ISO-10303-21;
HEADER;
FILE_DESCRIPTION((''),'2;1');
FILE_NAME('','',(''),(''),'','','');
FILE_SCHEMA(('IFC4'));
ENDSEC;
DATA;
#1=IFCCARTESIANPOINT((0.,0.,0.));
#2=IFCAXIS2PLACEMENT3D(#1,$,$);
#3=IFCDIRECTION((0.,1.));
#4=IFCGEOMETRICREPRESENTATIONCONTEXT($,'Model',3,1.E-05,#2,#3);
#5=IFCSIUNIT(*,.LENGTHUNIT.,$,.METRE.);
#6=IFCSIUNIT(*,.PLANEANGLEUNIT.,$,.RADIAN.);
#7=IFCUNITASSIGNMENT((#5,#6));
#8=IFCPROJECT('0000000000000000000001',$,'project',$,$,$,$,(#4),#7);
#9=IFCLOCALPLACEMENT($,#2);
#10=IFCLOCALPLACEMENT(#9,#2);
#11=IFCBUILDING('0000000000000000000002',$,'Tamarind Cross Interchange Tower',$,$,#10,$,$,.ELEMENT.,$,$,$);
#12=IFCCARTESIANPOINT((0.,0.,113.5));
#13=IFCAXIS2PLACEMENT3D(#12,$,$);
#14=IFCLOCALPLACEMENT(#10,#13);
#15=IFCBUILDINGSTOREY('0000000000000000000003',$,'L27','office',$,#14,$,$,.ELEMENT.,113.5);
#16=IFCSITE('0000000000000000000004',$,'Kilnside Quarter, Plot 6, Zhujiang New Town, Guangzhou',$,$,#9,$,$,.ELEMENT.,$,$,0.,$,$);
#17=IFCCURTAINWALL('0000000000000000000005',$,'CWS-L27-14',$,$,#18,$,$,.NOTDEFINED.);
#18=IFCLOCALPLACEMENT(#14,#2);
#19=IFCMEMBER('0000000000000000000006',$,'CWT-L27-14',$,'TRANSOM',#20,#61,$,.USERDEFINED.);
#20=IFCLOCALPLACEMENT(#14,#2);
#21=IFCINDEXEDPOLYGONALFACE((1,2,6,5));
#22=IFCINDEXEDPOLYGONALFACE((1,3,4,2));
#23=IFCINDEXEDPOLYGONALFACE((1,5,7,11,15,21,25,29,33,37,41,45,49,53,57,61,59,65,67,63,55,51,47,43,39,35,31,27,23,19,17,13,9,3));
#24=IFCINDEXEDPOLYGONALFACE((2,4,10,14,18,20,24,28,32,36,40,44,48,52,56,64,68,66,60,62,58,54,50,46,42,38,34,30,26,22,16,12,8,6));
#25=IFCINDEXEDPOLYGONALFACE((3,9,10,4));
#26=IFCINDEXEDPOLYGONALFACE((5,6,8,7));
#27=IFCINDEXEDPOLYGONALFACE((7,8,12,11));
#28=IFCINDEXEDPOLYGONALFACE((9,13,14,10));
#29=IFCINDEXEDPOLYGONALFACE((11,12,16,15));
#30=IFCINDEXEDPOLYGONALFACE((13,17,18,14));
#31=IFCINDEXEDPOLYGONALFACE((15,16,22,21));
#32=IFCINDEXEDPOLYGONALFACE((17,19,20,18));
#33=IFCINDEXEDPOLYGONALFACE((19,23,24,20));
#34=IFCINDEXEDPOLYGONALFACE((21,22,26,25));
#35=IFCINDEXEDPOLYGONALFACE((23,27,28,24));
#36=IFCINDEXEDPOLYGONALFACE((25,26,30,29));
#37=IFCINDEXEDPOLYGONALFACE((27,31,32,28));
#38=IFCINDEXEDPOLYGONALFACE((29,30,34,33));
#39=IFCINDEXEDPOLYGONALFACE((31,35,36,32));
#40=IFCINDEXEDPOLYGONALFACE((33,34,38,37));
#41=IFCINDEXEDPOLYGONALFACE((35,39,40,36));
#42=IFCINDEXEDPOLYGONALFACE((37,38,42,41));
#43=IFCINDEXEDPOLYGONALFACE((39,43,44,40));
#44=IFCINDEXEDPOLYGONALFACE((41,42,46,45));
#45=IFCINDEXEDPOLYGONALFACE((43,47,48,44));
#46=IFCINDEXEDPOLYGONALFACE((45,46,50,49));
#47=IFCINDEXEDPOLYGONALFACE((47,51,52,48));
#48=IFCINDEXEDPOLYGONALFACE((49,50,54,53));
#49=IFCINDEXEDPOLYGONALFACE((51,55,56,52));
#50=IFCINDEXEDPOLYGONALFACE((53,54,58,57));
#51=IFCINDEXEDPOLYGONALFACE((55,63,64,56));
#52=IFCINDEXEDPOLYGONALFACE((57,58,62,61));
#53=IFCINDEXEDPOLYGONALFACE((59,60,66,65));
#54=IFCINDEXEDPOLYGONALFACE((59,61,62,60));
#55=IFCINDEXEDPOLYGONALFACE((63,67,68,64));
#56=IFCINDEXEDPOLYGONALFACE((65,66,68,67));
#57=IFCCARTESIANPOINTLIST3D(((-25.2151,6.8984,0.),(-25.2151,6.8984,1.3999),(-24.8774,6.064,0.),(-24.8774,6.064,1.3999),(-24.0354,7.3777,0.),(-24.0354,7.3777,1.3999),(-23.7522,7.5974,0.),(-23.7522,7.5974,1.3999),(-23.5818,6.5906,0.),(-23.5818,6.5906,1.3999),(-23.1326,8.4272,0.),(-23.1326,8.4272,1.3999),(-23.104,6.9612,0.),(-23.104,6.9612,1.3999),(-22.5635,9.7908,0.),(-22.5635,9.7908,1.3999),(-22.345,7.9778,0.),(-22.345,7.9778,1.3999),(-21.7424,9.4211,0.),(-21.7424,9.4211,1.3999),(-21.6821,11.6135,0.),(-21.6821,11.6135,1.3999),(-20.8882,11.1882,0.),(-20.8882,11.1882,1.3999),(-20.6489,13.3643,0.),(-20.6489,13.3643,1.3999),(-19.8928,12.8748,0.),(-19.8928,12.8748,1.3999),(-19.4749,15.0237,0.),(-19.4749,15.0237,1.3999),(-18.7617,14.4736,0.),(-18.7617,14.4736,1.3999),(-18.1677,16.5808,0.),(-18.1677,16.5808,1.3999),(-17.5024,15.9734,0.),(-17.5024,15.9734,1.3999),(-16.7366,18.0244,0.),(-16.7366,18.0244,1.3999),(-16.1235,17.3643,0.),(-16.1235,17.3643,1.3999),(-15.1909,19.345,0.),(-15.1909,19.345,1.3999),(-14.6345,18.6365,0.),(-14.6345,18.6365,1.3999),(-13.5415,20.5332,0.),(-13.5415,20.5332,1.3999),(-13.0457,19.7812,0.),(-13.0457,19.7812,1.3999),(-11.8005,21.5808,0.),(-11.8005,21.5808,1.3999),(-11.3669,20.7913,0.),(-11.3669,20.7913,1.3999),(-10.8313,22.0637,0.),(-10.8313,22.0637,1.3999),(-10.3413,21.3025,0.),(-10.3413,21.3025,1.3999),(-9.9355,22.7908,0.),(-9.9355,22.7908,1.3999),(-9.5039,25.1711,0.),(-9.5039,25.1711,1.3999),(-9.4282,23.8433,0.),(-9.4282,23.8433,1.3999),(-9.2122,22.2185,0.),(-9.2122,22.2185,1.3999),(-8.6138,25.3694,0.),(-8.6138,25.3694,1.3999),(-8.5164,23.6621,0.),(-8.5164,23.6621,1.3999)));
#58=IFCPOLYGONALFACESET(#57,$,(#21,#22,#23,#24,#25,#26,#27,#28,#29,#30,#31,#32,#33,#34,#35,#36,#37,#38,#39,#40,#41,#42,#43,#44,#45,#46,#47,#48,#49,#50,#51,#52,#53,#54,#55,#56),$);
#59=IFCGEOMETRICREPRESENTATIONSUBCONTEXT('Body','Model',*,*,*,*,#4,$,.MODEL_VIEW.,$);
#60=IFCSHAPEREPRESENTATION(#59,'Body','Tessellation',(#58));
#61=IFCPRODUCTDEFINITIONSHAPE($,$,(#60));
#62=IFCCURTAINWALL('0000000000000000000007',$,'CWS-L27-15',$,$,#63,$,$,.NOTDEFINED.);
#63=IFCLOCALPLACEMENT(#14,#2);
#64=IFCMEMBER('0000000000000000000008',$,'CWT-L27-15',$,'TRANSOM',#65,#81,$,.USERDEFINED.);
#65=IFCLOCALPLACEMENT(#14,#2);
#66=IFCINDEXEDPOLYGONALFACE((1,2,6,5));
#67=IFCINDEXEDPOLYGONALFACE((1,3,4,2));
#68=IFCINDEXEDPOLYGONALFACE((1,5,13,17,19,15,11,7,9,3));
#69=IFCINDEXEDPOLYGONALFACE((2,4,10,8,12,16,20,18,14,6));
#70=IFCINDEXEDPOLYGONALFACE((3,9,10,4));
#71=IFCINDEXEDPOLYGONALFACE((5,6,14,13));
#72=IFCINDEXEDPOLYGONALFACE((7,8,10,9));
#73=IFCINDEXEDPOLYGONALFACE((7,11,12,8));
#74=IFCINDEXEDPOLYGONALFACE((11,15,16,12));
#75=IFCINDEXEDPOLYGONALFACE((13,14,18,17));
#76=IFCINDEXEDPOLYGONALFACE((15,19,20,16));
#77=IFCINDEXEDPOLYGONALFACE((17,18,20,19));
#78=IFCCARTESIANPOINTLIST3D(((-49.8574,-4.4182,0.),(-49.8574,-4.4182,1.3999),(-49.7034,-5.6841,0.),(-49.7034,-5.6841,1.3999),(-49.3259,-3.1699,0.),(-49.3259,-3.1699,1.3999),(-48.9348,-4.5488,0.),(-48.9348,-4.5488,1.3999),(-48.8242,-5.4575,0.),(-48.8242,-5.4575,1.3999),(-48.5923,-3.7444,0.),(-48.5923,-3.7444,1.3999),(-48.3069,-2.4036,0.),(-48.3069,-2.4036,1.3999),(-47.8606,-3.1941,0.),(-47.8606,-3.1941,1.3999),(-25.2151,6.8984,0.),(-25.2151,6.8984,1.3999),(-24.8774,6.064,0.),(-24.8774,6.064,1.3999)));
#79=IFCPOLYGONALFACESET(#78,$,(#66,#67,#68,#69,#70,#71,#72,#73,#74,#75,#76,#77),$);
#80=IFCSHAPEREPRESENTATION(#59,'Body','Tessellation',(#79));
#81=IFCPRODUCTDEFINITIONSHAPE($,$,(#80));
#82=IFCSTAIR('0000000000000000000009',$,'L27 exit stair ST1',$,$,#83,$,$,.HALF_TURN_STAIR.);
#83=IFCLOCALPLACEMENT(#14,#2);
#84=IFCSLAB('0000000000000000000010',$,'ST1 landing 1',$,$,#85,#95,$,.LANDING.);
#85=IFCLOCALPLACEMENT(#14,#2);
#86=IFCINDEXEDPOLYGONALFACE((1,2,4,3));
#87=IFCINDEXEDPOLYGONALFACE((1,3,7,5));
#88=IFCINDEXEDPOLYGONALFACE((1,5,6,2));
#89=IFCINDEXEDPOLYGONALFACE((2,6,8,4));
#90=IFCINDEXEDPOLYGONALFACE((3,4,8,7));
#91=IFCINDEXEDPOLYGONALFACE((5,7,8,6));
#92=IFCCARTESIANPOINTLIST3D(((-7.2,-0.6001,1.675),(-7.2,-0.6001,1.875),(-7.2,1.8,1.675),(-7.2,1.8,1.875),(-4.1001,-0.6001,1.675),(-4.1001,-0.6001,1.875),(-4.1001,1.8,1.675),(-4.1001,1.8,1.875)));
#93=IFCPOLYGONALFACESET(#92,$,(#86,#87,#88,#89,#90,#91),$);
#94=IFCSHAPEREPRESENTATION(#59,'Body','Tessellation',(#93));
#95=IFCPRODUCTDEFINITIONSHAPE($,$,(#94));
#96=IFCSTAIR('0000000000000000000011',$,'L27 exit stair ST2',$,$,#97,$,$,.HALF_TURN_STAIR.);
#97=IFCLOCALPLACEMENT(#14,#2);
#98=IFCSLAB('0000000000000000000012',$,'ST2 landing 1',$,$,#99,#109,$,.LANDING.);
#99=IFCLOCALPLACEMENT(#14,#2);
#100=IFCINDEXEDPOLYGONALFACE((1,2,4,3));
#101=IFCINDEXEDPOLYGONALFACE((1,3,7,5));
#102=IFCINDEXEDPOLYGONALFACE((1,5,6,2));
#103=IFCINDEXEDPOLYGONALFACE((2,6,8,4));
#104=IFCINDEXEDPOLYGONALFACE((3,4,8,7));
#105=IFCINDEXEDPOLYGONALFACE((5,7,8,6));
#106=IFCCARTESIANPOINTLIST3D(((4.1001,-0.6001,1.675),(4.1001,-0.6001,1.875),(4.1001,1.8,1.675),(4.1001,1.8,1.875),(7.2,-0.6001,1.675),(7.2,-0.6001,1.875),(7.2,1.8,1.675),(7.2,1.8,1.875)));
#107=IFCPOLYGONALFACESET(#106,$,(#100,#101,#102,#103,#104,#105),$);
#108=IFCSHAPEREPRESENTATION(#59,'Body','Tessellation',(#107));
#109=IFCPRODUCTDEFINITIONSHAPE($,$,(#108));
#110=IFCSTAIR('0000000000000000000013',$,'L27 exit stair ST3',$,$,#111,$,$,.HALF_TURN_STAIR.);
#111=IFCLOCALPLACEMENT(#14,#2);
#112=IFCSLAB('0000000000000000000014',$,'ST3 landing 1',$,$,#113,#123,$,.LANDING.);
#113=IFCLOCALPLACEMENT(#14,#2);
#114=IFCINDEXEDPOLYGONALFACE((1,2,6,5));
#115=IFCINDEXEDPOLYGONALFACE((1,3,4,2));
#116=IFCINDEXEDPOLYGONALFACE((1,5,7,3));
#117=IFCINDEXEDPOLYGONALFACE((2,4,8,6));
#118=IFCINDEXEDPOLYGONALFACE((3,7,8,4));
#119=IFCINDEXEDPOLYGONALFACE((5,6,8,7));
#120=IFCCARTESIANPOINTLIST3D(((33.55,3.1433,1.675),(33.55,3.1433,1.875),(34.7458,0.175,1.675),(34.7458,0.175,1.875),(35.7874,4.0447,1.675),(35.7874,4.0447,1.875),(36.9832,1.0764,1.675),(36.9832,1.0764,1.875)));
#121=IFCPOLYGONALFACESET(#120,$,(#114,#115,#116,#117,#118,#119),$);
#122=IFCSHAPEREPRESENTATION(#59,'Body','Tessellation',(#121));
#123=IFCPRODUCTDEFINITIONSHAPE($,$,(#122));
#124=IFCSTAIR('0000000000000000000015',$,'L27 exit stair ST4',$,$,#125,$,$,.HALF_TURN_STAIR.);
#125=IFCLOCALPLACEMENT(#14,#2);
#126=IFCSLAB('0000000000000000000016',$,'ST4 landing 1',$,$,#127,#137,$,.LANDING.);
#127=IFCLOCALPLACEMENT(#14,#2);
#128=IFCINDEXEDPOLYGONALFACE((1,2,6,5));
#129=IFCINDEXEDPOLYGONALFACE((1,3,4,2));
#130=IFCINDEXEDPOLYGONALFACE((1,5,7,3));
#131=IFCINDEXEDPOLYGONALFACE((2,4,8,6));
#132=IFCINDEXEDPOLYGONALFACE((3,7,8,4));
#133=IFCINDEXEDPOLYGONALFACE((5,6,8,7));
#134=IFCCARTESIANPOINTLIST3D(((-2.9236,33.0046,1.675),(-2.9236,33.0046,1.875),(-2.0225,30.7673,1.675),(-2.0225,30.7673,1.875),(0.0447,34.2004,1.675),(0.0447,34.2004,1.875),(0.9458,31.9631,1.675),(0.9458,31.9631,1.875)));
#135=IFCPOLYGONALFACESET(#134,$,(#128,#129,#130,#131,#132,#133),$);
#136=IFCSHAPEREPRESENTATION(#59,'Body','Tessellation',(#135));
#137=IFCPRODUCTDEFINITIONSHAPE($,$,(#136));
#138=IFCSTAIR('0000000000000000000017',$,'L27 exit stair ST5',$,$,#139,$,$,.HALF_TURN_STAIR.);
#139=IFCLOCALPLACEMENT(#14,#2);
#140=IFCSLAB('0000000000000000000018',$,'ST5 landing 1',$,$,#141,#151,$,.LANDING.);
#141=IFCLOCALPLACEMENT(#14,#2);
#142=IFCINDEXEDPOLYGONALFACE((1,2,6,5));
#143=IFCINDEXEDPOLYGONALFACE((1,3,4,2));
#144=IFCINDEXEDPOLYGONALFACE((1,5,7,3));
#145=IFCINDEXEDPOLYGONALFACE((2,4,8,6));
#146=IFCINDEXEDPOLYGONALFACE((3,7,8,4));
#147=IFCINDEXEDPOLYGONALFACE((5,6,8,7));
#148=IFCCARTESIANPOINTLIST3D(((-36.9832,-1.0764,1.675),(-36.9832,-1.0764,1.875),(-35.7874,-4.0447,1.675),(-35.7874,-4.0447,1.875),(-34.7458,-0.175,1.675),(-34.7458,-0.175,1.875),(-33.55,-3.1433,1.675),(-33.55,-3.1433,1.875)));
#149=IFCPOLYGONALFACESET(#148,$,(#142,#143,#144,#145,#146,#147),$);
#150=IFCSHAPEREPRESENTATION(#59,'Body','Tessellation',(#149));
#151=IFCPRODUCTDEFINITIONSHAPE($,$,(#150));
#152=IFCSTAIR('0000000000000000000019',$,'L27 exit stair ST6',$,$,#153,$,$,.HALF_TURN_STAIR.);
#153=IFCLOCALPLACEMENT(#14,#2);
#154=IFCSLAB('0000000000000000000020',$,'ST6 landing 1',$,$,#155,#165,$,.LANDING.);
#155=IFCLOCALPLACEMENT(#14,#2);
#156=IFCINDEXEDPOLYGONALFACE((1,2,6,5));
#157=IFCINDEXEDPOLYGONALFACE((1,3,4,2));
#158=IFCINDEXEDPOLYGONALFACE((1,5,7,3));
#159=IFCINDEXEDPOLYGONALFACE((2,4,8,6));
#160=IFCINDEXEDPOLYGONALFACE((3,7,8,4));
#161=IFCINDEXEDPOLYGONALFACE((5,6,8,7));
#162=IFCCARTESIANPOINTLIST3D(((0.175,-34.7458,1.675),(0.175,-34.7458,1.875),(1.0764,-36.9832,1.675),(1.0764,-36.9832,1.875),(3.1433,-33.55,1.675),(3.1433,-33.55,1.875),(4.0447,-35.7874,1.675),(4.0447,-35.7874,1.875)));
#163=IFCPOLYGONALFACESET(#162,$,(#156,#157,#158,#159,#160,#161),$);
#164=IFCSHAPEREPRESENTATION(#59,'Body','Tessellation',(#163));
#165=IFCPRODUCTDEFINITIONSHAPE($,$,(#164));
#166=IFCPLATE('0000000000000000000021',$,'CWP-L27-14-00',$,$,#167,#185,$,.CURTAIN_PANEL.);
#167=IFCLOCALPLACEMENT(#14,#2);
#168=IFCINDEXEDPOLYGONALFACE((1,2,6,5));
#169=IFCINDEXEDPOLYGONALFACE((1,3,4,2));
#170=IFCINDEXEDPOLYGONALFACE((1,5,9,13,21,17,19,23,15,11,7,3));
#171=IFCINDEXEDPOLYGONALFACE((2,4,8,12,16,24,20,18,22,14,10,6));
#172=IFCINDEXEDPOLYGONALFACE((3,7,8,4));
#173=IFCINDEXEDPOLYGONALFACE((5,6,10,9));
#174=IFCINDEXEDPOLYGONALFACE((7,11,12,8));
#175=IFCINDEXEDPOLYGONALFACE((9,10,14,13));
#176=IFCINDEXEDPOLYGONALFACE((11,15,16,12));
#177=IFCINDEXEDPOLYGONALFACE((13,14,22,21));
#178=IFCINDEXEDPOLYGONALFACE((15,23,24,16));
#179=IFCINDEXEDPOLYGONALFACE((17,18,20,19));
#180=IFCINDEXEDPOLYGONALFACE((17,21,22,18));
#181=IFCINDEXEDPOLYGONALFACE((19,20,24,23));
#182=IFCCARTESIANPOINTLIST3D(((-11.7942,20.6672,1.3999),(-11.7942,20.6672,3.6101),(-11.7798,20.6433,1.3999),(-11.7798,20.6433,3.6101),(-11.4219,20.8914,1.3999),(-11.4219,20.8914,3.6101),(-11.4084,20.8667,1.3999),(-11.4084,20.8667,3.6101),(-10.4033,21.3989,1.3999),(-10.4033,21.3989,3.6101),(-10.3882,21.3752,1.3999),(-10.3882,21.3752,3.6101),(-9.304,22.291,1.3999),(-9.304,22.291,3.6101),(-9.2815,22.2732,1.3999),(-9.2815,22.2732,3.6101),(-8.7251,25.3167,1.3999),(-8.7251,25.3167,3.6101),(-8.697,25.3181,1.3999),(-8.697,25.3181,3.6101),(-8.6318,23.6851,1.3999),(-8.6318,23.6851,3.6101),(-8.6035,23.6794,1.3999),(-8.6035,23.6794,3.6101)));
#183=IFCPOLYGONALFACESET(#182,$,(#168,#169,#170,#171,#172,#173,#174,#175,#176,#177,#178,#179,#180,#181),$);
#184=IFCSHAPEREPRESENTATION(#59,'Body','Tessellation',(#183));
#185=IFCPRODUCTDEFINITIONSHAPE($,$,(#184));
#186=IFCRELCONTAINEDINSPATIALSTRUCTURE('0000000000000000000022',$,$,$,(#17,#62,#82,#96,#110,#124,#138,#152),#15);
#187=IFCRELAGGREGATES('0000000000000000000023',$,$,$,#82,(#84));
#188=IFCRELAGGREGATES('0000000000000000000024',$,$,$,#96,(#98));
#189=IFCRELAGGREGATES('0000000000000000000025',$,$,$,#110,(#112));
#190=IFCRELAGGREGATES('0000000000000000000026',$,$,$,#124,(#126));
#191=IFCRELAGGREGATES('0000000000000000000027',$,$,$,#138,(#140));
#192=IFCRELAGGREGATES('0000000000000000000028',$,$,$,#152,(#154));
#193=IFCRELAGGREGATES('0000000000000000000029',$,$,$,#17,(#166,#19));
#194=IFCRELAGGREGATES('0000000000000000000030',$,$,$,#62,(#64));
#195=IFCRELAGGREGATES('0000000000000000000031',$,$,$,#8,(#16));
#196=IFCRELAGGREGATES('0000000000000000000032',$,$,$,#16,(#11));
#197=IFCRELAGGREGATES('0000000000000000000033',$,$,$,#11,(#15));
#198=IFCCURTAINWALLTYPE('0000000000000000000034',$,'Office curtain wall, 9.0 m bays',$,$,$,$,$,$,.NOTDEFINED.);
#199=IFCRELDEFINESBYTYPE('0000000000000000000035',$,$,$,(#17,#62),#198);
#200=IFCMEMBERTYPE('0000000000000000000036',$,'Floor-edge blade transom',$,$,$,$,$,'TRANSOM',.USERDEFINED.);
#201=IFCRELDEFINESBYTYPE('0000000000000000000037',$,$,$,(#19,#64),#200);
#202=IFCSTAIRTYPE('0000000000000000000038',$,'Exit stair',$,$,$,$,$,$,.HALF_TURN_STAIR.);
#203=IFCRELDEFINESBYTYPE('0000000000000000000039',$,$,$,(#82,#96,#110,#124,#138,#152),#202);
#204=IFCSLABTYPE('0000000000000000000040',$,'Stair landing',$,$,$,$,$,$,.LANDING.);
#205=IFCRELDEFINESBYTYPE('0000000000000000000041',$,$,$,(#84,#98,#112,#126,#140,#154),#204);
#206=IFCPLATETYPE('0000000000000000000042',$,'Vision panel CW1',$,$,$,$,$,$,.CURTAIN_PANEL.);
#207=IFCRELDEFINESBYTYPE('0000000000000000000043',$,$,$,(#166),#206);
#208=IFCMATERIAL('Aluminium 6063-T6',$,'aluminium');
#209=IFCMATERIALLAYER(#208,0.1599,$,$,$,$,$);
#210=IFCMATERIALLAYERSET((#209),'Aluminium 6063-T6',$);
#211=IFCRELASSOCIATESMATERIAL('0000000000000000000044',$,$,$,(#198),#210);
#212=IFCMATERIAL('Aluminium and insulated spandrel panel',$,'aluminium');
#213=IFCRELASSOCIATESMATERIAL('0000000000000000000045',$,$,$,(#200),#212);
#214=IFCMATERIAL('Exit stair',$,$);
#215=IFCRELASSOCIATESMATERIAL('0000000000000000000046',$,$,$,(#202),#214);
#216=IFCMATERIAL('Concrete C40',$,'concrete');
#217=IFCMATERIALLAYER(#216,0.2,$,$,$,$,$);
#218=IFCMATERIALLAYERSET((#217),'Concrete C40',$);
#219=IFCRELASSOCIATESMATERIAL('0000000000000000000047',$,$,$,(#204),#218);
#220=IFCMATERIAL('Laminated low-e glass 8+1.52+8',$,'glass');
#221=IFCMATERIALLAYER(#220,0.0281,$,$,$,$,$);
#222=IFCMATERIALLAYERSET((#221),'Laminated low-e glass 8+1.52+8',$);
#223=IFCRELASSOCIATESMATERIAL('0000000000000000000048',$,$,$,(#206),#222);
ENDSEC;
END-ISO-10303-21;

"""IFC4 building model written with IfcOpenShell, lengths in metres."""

from ifc_helpers import new_model, si_unit, direction, frame, origin, place, context, subcontext, project, spatial, polyline, outline, extrude, material, layer, layer_set, type_object, element, aggregate, save


model = new_model("IFC4")

# Units and contexts
model_context = context("Model", 3, precision=1e-05, world=origin(), true_north=direction((0.0, 1.0)))
body_context = subcontext(model_context, "Body", "Model", "MODEL_VIEW")
ifc_project = project(units=[si_unit("LENGTHUNIT", "METRE"), si_unit("PLANEANGLEUNIT", "RADIAN")], contexts=[model_context])

# Site, building, storey
site_placement = place(None, origin())
site = spatial("IfcSite", under=ifc_project, at=site_placement, Name="Kilnside Quarter, Plot 6, Zhujiang New Town, Guangzhou", CompositionType="ELEMENT", RefElevation=0.0)
building_placement = place(site_placement, origin())
building = spatial("IfcBuilding", under=site, at=building_placement, Name="Tamarind Cross Interchange Tower", CompositionType="ELEMENT")
storey_placement = place(building_placement, frame((0.0, 0.0, 113.5)))
storey = spatial("IfcBuildingStorey", under=building, at=storey_placement, Name="L27", Description="office", CompositionType="ELEMENT", Elevation=113.5)

# Curtain walls, members
ifc_material_1 = material(Name="Aluminium 6063-T6", Category="aluminium")
ifc_layer_1 = layer(ifc_material_1, 0.1599)
ifc_layer_set_1 = layer_set([ifc_layer_1], Name="Aluminium 6063-T6")
curtain_wall_type = type_object("IfcCurtainWallType", Name="Office curtain wall, 9.0 m bays", PredefinedType="NOTDEFINED", material=ifc_layer_set_1)
curtain_wall_1_placement = place(storey_placement, origin())
curtain_wall_1 = element("IfcCurtainWall", 1, at=curtain_wall_1_placement, inside=storey, type_object=curtain_wall_type, Name="CWS-L27-14", PredefinedType="NOTDEFINED")
ifc_material_2 = material(Name="Aluminium and insulated spandrel panel", Category="aluminium")
member_type = type_object("IfcMemberType", Name="Floor-edge blade transom", ElementType="TRANSOM", PredefinedType="USERDEFINED", material=ifc_material_2)
member_1_placement = place(storey_placement, origin())
member_1 = element("IfcMember", 2, at=member_1_placement, type_object=member_type, Name="CWT-L27-14", ObjectType="TRANSOM", PredefinedType="USERDEFINED", context=body_context, shape_type="SweptSolid", body=[
    extrude(outline(polyline([(-8.6138, 25.3694), (-8.5164, 23.6621), (-9.2122, 22.2185), (-10.3413, 21.3025), (-11.3669, 20.7913), (-13.0457, 19.7812), (-14.6345, 18.6365), (-16.1235, 17.3643), (-17.5024, 15.9734), (-18.7617, 14.4736), (-19.8928, 12.8748), (-20.8882, 11.1882), (-21.7424, 9.4211), (-22.345, 7.9778), (-23.104, 6.9612), (-23.5818, 6.5906), (-24.8774, 6.064), (-25.2151, 6.8984), (-24.0354, 7.3777), (-23.7522, 7.5974), (-23.1326, 8.4272), (-22.5635, 9.7908), (-21.6821, 11.6135), (-20.6489, 13.3643), (-19.4749, 15.0237), (-18.1677, 16.5808), (-16.7366, 18.0244), (-15.1909, 19.345), (-13.5415, 20.5332), (-11.8005, 21.5808), (-10.8313, 22.0637), (-9.9355, 22.7908), (-9.4282, 23.8433), (-9.5039, 25.1711), (-8.6138, 25.3694)])), origin(), (0.0, 0.0, 1.0), 1.3999),
])
curtain_wall_2_placement = place(storey_placement, origin())
curtain_wall_2 = element("IfcCurtainWall", 3, at=curtain_wall_2_placement, inside=storey, type_object=curtain_wall_type, Name="CWS-L27-15", PredefinedType="NOTDEFINED")
member_2_placement = place(storey_placement, origin())
member_2 = element("IfcMember", 4, at=member_2_placement, type_object=member_type, Name="CWT-L27-15", ObjectType="TRANSOM", PredefinedType="USERDEFINED", context=body_context, shape_type="SweptSolid", body=[
    extrude(outline(polyline([(-24.8774, 6.064), (-47.8606, -3.1941), (-48.5923, -3.7444), (-48.9348, -4.5488), (-48.8242, -5.4575), (-49.7034, -5.6841), (-49.8574, -4.4182), (-49.3259, -3.1699), (-48.3069, -2.4036), (-25.2151, 6.8984), (-24.8774, 6.064)])), origin(), (0.0, 0.0, 1.0), 1.3999),
])

# Stairs, slabs
ifc_material_3 = material(Name="Exit stair")
stair_type = type_object("IfcStairType", Name="Exit stair", PredefinedType="HALF_TURN_STAIR", material=ifc_material_3)
stair_1_placement = place(storey_placement, origin())
stair_1 = element("IfcStair", 5, at=stair_1_placement, inside=storey, type_object=stair_type, Name="L27 exit stair ST1", PredefinedType="HALF_TURN_STAIR")
ifc_material_4 = material(Name="Concrete C40", Category="concrete")
ifc_layer_2 = layer(ifc_material_4, 0.2)
ifc_layer_set_2 = layer_set([ifc_layer_2], Name="Concrete C40")
slab_type = type_object("IfcSlabType", Name="Stair landing", PredefinedType="LANDING", material=ifc_layer_set_2)
slab_1_placement = place(storey_placement, frame((0.0, 0.0, 1.675)))
slab_1 = element("IfcSlab", 6, at=slab_1_placement, type_object=slab_type, Name="ST1 landing 1", PredefinedType="LANDING", context=body_context, shape_type="SweptSolid", body=[
    extrude(outline(polyline([(-4.1001, -0.6001), (-4.1001, 1.8), (-7.2, 1.8), (-7.2, -0.6001), (-4.1001, -0.6001)])), origin(), (0.0, 0.0, 1.0), 0.2),
])
aggregate(stair_1, [slab_1])
stair_2_placement = place(storey_placement, origin())
stair_2 = element("IfcStair", 7, at=stair_2_placement, inside=storey, type_object=stair_type, Name="L27 exit stair ST2", PredefinedType="HALF_TURN_STAIR")
slab_2_placement = place(storey_placement, frame((0.0, 0.0, 1.675)))
slab_2 = element("IfcSlab", 8, at=slab_2_placement, type_object=slab_type, Name="ST2 landing 1", PredefinedType="LANDING", context=body_context, shape_type="SweptSolid", body=[
    extrude(outline(polyline([(7.2, -0.6001), (7.2, 1.8), (4.1001, 1.8), (4.1001, -0.6001), (7.2, -0.6001)])), origin(), (0.0, 0.0, 1.0), 0.2),
])
aggregate(stair_2, [slab_2])
stair_3_placement = place(storey_placement, origin())
stair_3 = element("IfcStair", 9, at=stair_3_placement, inside=storey, type_object=stair_type, Name="L27 exit stair ST3", PredefinedType="HALF_TURN_STAIR")
slab_3_placement = place(storey_placement, frame((0.0, 0.0, 1.675)))
slab_3 = element("IfcSlab", 10, at=slab_3_placement, type_object=slab_type, Name="ST3 landing 1", PredefinedType="LANDING", context=body_context, shape_type="SweptSolid", body=[
    extrude(outline(polyline([(34.7458, 0.175), (36.9832, 1.0764), (35.7874, 4.0447), (33.55, 3.1433), (34.7458, 0.175)])), origin(), (0.0, 0.0, 1.0), 0.2),
])
aggregate(stair_3, [slab_3])
stair_4_placement = place(storey_placement, origin())
stair_4 = element("IfcStair", 11, at=stair_4_placement, inside=storey, type_object=stair_type, Name="L27 exit stair ST4", PredefinedType="HALF_TURN_STAIR")
slab_4_placement = place(storey_placement, frame((0.0, 0.0, 1.675)))
slab_4 = element("IfcSlab", 12, at=slab_4_placement, type_object=slab_type, Name="ST4 landing 1", PredefinedType="LANDING", context=body_context, shape_type="SweptSolid", body=[
    extrude(outline(polyline([(0.9458, 31.9631), (0.0447, 34.2004), (-2.9236, 33.0046), (-2.0225, 30.7673), (0.9458, 31.9631)])), origin(), (0.0, 0.0, 1.0), 0.2),
])
aggregate(stair_4, [slab_4])
stair_5_placement = place(storey_placement, origin())
stair_5 = element("IfcStair", 13, at=stair_5_placement, inside=storey, type_object=stair_type, Name="L27 exit stair ST5", PredefinedType="HALF_TURN_STAIR")
slab_5_placement = place(storey_placement, frame((0.0, 0.0, 1.675)))
slab_5 = element("IfcSlab", 14, at=slab_5_placement, type_object=slab_type, Name="ST5 landing 1", PredefinedType="LANDING", context=body_context, shape_type="SweptSolid", body=[
    extrude(outline(polyline([(-34.7458, -0.175), (-36.9832, -1.0764), (-35.7874, -4.0447), (-33.55, -3.1433), (-34.7458, -0.175)])), origin(), (0.0, 0.0, 1.0), 0.2),
])
aggregate(stair_5, [slab_5])
stair_6_placement = place(storey_placement, origin())
stair_6 = element("IfcStair", 15, at=stair_6_placement, inside=storey, type_object=stair_type, Name="L27 exit stair ST6", PredefinedType="HALF_TURN_STAIR")
slab_6_placement = place(storey_placement, frame((0.0, 0.0, 1.675)))
slab_6 = element("IfcSlab", 16, at=slab_6_placement, type_object=slab_type, Name="ST6 landing 1", PredefinedType="LANDING", context=body_context, shape_type="SweptSolid", body=[
    extrude(outline(polyline([(0.175, -34.7458), (1.0764, -36.9832), (4.0447, -35.7874), (3.1433, -33.55), (0.175, -34.7458)])), origin(), (0.0, 0.0, 1.0), 0.2),
])
aggregate(stair_6, [slab_6])

# Plate
ifc_material_5 = material(Name="Laminated low-e glass 8+1.52+8", Category="glass")
ifc_layer_3 = layer(ifc_material_5, 0.0281)
ifc_layer_set_3 = layer_set([ifc_layer_3], Name="Laminated low-e glass 8+1.52+8")
plate_type = type_object("IfcPlateType", Name="Vision panel CW1", PredefinedType="CURTAIN_PANEL", material=ifc_layer_set_3)
plate_1_placement = place(storey_placement, frame((0.0, 0.0, 1.3999)))
plate_1 = element("IfcPlate", 17, at=plate_1_placement, type_object=plate_type, Name="CWP-L27-14-00", PredefinedType="CURTAIN_PANEL", context=body_context, shape_type="SweptSolid", body=[
    extrude(outline(polyline([(-8.697, 25.3181), (-8.6035, 23.6794), (-9.2815, 22.2732), (-10.3882, 21.3752), (-11.4084, 20.8667), (-11.7798, 20.6433), (-11.7942, 20.6672), (-11.4219, 20.8914), (-10.4033, 21.3989), (-9.304, 22.291), (-8.6318, 23.6851), (-8.7251, 25.3167), (-8.697, 25.3181)])), origin(), (0.0, 0.0, 1.0), 2.2102),
])
aggregate(curtain_wall_1, [plate_1, member_1])
aggregate(curtain_wall_2, [member_2])

save(model, "model.ifc")
